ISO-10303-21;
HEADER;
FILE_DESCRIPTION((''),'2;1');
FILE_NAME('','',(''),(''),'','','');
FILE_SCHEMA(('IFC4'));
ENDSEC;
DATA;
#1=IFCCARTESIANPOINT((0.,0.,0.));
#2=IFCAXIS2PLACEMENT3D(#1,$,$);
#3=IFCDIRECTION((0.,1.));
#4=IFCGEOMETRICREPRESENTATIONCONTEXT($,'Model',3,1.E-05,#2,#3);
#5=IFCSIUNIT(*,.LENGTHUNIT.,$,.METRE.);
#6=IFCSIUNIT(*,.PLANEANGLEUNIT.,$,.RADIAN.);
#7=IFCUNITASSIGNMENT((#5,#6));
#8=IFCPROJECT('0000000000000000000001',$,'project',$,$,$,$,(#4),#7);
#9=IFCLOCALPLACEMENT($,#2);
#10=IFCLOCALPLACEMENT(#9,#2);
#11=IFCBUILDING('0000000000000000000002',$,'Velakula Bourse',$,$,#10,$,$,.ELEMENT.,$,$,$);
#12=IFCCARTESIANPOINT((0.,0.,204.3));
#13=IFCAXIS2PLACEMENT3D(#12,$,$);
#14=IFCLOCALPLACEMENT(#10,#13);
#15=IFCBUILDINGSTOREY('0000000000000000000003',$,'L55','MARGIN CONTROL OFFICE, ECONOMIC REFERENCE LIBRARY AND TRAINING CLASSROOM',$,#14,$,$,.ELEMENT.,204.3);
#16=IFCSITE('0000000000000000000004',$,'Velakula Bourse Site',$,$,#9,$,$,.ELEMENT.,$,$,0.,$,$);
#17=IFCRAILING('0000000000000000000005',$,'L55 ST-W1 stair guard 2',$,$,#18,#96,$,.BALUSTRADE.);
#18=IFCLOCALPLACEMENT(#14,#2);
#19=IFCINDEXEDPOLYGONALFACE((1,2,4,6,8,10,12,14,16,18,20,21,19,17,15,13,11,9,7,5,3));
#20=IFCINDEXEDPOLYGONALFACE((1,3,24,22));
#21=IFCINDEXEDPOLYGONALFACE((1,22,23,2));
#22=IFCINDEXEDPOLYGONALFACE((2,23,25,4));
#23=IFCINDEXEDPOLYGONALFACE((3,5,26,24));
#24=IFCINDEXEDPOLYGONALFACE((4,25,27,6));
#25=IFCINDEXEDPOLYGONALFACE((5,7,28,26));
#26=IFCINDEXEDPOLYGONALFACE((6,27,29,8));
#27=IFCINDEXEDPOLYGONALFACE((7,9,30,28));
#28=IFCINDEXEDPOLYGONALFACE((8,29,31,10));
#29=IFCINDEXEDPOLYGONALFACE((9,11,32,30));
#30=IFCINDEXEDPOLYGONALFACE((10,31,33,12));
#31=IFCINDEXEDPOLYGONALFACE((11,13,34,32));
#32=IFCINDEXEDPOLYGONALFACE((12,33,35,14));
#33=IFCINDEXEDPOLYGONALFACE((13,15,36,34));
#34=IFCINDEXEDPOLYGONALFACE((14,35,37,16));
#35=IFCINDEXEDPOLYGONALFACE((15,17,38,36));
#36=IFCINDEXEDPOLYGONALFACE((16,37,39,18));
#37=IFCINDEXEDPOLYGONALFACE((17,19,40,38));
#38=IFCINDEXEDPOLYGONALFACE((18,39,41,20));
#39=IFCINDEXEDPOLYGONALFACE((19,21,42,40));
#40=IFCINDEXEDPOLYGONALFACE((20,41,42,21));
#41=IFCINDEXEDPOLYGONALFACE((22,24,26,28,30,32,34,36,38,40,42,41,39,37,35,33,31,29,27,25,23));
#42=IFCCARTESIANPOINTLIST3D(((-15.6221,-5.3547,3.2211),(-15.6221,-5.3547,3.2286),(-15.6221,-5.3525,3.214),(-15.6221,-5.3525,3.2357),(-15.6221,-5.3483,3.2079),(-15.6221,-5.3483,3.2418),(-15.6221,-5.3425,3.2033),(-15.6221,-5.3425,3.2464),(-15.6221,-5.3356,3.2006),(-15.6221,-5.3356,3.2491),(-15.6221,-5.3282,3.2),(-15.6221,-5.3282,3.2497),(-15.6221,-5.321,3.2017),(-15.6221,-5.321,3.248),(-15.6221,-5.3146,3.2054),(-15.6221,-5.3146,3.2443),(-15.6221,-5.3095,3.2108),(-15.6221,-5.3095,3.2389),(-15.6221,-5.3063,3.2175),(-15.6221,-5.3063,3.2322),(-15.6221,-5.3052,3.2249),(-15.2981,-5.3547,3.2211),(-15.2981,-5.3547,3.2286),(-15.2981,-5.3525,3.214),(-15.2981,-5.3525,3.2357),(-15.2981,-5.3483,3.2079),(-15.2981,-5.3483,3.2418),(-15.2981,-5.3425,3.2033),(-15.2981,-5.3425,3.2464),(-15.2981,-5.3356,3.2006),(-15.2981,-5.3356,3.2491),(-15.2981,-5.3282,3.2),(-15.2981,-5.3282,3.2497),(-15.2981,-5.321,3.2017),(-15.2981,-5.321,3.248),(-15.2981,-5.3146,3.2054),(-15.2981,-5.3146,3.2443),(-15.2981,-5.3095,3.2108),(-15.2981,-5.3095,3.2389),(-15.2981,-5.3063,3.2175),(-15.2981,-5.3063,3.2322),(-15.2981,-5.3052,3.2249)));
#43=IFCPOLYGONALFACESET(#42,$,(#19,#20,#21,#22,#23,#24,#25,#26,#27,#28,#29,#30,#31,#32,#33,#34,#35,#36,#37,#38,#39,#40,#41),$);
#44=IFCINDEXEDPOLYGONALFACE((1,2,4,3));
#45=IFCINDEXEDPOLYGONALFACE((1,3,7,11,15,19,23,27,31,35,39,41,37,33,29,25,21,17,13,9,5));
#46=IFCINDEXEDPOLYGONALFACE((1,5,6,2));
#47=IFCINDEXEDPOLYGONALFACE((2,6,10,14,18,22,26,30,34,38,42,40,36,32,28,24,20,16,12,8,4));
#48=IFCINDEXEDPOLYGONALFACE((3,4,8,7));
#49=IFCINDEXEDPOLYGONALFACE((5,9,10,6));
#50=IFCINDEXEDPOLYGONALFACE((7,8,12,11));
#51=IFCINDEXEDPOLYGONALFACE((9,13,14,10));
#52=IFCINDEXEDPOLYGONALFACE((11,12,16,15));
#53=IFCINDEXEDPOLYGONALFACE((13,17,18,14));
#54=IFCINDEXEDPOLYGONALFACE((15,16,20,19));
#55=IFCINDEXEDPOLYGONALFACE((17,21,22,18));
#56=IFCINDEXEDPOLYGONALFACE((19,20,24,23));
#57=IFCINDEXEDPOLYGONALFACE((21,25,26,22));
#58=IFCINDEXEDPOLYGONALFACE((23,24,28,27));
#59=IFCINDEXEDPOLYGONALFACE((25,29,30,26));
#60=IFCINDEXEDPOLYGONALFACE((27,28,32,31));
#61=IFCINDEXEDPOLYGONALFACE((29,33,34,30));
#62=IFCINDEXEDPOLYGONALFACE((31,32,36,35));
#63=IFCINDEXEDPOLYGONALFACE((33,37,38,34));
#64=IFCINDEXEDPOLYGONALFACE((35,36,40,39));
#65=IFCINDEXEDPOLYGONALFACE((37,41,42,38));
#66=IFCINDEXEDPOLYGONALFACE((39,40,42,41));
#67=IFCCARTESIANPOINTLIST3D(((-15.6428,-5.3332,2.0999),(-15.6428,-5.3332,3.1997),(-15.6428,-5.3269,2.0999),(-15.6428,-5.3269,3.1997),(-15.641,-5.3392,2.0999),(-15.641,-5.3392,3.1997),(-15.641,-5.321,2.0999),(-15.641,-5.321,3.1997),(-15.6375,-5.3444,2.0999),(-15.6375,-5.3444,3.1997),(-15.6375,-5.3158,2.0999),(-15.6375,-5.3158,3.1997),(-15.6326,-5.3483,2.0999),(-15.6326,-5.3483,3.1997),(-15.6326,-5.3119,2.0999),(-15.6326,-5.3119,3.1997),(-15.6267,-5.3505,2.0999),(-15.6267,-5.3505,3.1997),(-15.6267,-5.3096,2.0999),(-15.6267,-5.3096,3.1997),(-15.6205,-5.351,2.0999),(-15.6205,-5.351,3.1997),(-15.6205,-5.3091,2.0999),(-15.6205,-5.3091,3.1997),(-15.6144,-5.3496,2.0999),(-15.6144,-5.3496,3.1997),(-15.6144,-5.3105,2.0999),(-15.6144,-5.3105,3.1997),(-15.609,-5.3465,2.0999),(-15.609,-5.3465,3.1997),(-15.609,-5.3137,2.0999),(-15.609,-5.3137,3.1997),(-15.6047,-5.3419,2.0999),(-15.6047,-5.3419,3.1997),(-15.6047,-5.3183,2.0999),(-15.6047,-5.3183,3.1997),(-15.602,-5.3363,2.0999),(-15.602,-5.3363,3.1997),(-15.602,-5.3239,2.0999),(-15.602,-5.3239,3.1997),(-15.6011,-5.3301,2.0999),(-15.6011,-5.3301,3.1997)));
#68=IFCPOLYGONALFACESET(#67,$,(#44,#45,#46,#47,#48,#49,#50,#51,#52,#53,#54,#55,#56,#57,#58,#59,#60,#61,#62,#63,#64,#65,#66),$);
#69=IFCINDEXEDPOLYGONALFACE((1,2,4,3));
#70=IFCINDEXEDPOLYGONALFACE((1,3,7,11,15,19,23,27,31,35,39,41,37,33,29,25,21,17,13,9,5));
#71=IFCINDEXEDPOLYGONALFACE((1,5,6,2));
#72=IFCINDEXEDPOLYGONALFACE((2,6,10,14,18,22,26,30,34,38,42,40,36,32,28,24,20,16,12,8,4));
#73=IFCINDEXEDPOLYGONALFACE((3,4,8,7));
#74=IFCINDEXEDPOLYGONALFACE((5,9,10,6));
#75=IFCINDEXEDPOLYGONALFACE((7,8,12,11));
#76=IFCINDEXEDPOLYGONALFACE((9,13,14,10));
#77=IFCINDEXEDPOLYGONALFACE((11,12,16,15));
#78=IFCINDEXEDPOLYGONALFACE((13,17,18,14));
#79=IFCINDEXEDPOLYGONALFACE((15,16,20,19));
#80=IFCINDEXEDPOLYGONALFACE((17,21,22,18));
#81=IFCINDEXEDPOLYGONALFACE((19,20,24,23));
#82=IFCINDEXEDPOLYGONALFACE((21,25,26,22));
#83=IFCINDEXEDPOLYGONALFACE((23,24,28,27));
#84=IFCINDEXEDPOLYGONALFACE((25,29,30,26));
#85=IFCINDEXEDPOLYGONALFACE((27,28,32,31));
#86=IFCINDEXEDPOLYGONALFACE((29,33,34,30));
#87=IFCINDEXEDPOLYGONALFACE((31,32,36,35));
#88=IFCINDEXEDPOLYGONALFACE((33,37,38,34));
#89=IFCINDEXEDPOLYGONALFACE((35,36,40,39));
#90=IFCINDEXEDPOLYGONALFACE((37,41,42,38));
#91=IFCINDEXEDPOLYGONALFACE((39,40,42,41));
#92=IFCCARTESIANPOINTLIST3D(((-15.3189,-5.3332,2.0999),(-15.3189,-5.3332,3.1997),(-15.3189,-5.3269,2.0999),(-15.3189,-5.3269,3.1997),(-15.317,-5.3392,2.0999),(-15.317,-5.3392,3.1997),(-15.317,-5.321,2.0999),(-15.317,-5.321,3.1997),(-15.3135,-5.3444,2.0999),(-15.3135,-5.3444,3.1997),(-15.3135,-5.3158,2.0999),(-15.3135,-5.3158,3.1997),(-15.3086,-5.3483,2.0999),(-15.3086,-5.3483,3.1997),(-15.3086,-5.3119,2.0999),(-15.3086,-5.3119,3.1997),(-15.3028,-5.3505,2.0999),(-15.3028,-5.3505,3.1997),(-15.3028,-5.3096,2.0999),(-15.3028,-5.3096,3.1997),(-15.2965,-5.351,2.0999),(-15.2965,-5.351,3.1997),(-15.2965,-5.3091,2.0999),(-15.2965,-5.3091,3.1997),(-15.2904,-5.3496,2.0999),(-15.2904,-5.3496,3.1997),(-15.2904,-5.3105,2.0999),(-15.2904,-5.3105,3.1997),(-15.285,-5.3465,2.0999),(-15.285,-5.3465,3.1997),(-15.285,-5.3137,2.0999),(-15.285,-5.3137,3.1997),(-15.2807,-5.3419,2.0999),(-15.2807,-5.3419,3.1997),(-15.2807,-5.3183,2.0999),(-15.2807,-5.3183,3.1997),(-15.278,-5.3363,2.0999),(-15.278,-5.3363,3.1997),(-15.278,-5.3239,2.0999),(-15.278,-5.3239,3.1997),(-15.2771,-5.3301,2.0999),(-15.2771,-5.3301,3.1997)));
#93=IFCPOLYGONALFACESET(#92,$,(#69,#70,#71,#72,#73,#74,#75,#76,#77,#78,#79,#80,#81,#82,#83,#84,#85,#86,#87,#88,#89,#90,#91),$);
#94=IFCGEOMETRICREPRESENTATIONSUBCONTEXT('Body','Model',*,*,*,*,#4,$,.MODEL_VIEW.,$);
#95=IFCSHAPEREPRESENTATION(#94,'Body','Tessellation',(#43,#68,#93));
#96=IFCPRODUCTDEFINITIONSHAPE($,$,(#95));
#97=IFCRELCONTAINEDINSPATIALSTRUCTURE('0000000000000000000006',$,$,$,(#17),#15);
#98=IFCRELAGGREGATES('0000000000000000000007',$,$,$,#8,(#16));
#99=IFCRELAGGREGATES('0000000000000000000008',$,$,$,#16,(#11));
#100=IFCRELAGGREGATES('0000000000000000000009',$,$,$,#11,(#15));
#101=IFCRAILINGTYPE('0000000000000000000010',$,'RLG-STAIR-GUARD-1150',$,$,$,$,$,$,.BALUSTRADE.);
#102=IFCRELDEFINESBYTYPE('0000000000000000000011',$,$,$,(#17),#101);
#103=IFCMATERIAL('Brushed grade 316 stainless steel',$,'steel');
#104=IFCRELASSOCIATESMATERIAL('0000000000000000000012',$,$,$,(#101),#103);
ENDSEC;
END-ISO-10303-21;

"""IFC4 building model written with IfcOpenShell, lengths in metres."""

from ifc_helpers import new_model, si_unit, direction, frame, origin, origin_2d, place, context, subcontext, project, spatial, circle, extrude, material, type_object, element, save


model = new_model("IFC4")

# Units and contexts
model_context = context("Model", 3, precision=1e-05, world=origin(), true_north=direction((0.0, 1.0)))
body_context = subcontext(model_context, "Body", "Model", "MODEL_VIEW")
ifc_project = project(units=[si_unit("LENGTHUNIT", "METRE"), si_unit("PLANEANGLEUNIT", "RADIAN")], contexts=[model_context])

# Site, building, storey
site_placement = place(None, origin())
site = spatial("IfcSite", under=ifc_project, at=site_placement, Name="Velakula Bourse Site", CompositionType="ELEMENT", RefElevation=0.0)
building_placement = place(site_placement, origin())
building = spatial("IfcBuilding", under=site, at=building_placement, Name="Velakula Bourse", CompositionType="ELEMENT")
storey_placement = place(building_placement, frame((0.0, 0.0, 204.3)))
storey = spatial("IfcBuildingStorey", under=building, at=storey_placement, Name="L55", Description="MARGIN CONTROL OFFICE, ECONOMIC REFERENCE LIBRARY AND TRAINING CLASSROOM", CompositionType="ELEMENT", Elevation=204.3)

# Shared definitions
ifc_material_1 = material(Name="Brushed grade 316 stainless steel", Category="steel")

# Railing
railing_type_1 = type_object("IfcRailingType", Name="RLG-STAIR-GUARD-1150", PredefinedType="BALUSTRADE", material=ifc_material_1)
railing_1_placement = place(storey_placement, frame((-15.6221, -5.3301, 2.0999)))
element("IfcRailing", 1, at=railing_1_placement, inside=storey, type_object=railing_type_1, Name="L55 ST-W1 stair guard 2", PredefinedType="BALUSTRADE", context=body_context, shape_type="SweptSolid", body=[
    extrude(circle(Radius=0.0249, at=origin_2d()), frame((0.0, 0.0, 1.125), z_axis=(1.0, 0.0, 0.0), x_axis=(0.0, 1.0, 0.0)), (0.0, 0.0, 1.0), 0.324),
    extrude(circle(Radius=0.021, at=origin_2d()), origin(), (0.0, 0.0, 1.0), 1.0999),
    extrude(circle(Radius=0.021, at=origin_2d()), frame((0.324, 0.0, 0.0)), (0.0, 0.0, 1.0), 1.0999),
])

save(model, "model.ifc")
